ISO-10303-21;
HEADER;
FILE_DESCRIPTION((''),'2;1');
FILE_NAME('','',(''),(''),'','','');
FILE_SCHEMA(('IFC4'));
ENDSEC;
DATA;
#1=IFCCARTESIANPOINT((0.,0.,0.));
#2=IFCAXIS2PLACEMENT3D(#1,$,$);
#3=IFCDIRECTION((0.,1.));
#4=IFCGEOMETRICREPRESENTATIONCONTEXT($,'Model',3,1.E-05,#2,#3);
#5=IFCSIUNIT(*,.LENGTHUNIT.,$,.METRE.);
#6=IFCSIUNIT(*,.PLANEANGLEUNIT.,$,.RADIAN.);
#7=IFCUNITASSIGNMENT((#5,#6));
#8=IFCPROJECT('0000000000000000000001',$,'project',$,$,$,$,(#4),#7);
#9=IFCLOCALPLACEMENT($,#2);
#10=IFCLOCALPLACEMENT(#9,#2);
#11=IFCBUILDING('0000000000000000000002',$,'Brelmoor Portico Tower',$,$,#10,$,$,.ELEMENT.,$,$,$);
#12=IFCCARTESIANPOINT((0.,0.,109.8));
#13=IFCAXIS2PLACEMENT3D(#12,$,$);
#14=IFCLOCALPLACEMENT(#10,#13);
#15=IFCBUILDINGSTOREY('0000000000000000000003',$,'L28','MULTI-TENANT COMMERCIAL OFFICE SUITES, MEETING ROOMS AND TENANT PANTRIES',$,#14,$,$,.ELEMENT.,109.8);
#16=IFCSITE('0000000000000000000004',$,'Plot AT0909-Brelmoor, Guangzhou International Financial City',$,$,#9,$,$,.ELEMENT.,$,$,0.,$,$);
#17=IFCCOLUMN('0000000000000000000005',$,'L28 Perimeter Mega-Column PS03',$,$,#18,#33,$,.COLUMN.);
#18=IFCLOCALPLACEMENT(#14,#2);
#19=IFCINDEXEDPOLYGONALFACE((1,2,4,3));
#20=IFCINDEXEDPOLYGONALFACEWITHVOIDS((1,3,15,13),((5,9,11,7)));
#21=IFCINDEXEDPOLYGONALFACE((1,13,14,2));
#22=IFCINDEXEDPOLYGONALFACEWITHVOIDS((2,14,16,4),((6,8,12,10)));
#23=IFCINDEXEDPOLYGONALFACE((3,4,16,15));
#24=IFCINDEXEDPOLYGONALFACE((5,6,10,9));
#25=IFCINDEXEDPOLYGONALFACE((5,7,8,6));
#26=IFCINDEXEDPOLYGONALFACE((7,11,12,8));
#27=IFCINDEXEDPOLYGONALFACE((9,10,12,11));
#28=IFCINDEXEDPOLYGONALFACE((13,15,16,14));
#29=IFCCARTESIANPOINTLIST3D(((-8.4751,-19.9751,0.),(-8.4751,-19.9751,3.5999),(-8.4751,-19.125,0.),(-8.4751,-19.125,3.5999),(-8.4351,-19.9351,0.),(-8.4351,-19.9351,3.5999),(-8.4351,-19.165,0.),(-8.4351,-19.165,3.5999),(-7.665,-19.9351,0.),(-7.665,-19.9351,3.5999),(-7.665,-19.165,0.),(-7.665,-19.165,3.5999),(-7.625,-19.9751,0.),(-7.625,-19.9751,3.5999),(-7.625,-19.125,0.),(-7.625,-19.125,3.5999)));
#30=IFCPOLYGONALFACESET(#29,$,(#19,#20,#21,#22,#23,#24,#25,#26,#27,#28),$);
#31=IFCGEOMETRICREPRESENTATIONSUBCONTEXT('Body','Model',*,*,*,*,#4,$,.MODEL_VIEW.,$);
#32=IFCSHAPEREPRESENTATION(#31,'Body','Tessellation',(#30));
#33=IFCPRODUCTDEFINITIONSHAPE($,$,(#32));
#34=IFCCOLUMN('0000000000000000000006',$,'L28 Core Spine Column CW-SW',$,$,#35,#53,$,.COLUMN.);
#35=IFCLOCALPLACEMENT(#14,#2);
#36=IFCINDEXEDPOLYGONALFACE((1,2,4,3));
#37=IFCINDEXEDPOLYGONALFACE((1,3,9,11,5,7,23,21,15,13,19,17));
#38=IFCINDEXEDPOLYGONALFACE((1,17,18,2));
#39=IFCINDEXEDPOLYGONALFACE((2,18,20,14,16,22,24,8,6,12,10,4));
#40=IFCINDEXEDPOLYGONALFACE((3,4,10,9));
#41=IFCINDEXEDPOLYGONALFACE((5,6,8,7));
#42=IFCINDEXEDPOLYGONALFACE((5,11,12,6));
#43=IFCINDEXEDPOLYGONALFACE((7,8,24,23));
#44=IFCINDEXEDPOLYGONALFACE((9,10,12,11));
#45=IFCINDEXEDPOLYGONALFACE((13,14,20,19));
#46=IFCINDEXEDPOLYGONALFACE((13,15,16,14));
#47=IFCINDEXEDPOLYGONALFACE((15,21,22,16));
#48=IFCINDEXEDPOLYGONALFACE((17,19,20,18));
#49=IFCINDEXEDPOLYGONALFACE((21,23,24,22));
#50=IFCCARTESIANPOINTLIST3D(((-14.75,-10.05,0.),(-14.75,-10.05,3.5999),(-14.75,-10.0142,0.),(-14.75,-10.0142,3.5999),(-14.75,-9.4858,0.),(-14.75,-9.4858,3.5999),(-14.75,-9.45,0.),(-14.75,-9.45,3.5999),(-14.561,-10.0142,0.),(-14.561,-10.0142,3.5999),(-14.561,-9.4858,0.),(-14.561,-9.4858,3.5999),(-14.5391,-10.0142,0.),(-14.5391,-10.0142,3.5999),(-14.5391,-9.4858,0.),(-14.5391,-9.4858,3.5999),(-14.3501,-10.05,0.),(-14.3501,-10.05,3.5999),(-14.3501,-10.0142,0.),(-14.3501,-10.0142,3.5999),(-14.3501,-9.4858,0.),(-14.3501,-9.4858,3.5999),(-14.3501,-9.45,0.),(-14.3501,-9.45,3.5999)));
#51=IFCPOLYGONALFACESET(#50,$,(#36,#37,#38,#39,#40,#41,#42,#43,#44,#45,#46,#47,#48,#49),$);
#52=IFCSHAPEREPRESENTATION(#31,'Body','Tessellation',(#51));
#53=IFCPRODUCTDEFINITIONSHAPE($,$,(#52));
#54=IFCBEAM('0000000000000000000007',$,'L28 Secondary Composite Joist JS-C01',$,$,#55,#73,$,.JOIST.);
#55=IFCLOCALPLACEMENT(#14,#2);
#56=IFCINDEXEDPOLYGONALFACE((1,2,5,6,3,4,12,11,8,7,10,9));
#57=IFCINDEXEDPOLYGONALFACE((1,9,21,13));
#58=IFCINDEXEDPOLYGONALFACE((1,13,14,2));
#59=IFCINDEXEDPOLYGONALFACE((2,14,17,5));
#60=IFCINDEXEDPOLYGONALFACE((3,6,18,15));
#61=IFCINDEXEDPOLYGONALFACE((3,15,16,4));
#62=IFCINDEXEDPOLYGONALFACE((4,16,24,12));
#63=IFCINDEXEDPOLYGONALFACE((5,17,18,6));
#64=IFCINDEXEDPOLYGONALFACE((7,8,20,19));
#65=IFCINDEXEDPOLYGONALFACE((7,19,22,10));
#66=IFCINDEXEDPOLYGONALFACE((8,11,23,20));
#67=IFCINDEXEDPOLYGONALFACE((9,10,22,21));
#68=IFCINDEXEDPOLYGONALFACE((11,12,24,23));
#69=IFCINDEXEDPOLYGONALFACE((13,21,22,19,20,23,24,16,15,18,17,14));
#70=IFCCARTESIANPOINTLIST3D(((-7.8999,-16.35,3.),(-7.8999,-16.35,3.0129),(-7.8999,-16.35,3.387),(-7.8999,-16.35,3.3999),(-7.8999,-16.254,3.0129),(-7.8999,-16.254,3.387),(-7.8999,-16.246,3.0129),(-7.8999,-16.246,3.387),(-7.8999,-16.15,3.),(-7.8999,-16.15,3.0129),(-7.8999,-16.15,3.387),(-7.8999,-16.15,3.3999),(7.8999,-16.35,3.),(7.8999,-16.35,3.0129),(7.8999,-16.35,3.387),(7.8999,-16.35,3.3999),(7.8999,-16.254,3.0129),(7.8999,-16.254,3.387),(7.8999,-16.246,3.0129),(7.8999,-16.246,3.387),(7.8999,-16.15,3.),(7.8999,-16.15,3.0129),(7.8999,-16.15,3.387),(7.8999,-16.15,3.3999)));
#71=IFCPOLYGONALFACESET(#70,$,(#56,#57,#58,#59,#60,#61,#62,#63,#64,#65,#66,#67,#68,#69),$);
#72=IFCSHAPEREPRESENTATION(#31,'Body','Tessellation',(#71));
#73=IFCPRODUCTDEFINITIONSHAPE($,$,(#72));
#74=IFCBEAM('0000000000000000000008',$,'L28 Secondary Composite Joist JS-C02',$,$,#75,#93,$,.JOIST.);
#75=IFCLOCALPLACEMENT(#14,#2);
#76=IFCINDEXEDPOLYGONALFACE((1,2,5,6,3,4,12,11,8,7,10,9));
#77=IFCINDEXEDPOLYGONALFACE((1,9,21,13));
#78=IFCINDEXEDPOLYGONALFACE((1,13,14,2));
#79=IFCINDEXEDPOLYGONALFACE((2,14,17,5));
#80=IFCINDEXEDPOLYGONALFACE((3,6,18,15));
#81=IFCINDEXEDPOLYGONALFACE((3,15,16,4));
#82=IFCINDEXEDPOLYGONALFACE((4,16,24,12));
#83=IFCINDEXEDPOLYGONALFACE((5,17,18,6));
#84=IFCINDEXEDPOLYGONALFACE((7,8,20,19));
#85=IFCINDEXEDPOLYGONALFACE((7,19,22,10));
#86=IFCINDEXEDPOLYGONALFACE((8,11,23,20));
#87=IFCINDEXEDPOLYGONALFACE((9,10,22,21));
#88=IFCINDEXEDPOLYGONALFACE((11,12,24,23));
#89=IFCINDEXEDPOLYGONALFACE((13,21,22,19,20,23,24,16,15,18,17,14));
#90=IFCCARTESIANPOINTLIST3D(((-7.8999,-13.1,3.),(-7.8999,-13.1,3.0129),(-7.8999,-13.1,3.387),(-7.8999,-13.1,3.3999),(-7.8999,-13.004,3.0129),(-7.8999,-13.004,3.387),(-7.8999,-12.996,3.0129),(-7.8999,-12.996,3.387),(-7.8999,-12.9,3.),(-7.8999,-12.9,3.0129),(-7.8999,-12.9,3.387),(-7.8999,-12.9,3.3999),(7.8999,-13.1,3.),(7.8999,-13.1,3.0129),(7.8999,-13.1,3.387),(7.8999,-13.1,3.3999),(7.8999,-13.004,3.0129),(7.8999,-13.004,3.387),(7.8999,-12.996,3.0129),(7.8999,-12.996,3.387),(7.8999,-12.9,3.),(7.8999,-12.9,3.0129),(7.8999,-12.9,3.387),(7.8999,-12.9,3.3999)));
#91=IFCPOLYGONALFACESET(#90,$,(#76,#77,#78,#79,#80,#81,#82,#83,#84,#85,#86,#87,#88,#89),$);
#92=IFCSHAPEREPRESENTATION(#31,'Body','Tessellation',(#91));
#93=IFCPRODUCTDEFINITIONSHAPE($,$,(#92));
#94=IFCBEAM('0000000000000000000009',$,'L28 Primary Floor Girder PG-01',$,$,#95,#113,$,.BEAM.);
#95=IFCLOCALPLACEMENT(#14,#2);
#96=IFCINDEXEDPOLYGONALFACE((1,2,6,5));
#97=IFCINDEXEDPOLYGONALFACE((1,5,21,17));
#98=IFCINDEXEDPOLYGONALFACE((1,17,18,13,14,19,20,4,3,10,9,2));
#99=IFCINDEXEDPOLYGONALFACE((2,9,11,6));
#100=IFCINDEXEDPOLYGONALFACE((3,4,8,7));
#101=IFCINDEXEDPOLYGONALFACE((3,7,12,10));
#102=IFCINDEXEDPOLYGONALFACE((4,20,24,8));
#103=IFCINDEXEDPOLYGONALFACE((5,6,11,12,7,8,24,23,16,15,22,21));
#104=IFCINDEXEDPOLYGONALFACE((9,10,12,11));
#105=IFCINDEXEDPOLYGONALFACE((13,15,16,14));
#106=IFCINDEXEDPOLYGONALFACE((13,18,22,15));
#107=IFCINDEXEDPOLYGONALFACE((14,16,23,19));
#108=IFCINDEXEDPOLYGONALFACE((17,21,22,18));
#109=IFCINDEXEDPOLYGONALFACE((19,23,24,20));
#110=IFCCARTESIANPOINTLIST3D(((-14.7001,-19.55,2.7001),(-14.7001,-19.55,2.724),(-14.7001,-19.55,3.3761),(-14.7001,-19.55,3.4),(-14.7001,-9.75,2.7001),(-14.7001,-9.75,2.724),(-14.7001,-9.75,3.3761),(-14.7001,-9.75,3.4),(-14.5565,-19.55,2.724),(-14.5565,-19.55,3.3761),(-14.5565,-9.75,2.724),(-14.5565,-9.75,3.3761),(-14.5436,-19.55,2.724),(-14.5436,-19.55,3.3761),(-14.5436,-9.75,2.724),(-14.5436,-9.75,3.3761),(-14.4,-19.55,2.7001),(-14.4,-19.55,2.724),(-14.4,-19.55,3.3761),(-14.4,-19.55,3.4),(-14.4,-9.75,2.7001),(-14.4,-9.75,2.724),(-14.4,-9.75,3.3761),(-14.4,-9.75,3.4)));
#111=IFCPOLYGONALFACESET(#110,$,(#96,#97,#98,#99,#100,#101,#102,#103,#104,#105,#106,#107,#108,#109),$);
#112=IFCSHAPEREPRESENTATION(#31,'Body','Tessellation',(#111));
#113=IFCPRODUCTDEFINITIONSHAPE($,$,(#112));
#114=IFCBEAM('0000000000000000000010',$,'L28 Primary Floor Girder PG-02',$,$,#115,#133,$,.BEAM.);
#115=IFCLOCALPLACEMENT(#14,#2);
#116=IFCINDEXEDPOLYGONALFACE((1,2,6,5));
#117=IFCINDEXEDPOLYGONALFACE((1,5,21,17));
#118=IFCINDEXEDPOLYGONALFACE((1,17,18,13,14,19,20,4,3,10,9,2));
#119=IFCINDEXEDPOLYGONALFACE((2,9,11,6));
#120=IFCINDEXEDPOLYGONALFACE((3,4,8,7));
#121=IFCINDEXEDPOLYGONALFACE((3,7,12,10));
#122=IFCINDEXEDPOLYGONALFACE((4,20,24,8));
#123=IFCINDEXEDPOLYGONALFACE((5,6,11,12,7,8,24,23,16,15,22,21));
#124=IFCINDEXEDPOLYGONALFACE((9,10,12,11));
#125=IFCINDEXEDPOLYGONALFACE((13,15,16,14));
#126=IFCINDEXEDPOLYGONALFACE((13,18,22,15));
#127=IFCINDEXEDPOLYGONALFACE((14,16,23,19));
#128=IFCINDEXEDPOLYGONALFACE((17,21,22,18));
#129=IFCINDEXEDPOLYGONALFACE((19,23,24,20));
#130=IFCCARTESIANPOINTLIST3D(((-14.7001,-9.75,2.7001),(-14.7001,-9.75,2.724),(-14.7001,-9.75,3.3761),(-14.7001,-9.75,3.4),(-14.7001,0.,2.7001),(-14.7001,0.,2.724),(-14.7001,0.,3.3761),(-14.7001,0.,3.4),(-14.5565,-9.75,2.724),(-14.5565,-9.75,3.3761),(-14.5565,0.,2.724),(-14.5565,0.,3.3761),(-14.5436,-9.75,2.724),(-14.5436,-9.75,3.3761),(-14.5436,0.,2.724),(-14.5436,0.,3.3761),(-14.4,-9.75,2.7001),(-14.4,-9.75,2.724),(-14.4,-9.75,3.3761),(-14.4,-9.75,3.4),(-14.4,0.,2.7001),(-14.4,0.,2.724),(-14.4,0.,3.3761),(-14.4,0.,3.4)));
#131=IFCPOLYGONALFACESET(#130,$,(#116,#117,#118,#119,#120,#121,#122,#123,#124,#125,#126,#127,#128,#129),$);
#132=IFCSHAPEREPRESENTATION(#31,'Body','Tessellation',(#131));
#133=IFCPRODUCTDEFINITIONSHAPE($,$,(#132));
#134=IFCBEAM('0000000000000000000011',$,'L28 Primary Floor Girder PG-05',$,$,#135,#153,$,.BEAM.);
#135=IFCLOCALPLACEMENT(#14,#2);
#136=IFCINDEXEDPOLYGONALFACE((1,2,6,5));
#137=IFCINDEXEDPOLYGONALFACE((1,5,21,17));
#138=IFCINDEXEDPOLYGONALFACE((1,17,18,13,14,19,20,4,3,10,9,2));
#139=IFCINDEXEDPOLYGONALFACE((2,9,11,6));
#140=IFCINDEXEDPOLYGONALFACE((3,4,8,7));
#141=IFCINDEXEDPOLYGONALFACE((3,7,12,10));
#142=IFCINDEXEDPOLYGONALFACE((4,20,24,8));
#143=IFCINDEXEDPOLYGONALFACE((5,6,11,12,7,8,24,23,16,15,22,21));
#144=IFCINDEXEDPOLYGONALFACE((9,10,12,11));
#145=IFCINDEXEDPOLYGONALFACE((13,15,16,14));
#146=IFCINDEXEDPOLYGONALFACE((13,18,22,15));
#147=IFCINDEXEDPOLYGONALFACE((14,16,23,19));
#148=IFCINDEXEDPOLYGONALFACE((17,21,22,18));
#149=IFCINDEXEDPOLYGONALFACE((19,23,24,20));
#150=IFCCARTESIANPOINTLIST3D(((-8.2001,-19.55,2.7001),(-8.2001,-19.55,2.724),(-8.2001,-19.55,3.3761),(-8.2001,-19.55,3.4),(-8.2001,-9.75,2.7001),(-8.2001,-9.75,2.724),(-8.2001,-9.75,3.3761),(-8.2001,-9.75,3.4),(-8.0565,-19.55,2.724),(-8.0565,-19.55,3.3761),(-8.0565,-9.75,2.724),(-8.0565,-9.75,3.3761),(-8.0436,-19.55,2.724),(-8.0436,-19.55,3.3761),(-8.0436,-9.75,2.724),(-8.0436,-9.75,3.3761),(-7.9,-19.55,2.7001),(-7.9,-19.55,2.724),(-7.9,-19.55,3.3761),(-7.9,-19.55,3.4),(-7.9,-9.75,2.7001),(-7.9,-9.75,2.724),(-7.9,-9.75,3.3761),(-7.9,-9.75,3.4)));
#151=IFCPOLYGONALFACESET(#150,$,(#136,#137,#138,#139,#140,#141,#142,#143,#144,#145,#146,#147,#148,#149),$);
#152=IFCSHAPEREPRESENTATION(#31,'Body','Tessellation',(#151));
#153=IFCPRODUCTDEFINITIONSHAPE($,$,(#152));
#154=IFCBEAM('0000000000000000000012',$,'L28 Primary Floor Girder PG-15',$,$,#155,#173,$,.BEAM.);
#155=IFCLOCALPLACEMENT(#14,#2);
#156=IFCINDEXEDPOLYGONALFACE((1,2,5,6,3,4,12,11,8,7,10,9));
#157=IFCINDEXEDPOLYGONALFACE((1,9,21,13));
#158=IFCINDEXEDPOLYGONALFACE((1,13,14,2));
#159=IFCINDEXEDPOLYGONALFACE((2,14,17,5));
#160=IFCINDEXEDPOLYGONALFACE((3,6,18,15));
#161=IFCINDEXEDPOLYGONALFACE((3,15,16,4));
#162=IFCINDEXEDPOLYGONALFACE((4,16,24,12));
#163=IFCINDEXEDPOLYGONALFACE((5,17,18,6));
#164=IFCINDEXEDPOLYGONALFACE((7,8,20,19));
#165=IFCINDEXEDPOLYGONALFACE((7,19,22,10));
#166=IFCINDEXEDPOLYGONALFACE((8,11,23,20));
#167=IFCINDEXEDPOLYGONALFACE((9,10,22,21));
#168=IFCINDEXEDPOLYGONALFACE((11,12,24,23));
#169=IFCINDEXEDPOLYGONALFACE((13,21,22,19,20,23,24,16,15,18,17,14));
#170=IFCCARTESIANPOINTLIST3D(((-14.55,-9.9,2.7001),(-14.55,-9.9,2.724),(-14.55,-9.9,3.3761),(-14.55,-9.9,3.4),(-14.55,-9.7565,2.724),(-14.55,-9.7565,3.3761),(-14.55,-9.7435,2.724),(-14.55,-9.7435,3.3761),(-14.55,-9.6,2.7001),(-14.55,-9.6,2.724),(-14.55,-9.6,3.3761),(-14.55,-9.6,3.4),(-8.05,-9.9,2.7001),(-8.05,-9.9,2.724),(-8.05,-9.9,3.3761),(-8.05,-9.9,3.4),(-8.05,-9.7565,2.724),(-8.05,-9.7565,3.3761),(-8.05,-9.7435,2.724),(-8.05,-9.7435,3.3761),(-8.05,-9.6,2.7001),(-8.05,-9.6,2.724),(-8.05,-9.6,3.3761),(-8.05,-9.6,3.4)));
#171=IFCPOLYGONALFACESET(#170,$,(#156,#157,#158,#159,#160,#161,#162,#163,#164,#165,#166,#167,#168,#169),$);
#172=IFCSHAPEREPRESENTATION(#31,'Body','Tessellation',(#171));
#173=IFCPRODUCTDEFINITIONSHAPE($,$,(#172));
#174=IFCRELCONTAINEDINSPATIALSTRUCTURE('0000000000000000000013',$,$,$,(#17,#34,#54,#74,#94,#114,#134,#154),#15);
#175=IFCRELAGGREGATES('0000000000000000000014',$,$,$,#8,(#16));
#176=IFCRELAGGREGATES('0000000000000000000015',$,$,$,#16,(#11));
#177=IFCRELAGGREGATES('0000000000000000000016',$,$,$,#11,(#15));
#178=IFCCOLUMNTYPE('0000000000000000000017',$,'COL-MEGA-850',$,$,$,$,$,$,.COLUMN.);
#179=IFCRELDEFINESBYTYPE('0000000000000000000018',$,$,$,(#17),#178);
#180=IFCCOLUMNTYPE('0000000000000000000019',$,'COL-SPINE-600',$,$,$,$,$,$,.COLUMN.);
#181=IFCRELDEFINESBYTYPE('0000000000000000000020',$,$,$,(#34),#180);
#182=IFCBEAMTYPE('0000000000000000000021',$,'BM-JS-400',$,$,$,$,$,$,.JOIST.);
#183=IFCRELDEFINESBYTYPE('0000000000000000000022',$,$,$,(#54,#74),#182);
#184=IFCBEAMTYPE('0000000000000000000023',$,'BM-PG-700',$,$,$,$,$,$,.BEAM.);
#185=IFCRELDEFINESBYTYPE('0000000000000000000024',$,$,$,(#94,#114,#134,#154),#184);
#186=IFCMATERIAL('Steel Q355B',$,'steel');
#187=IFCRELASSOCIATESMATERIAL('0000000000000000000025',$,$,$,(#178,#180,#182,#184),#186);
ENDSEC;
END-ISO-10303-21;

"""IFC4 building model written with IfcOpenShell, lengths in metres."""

from ifc_helpers import new_model, si_unit, direction, frame, origin, origin_2d, place, context, subcontext, project, spatial, hollow_rectangle, i_section, extrude, material, material_profile, profile_set, type_object, element, save


model = new_model("IFC4")

# Units and contexts
model_context = context("Model", 3, precision=1e-05, world=origin(), true_north=direction((0.0, 1.0)))
body_context = subcontext(model_context, "Body", "Model", "MODEL_VIEW")
ifc_project = project(units=[si_unit("LENGTHUNIT", "METRE"), si_unit("PLANEANGLEUNIT", "RADIAN")], contexts=[model_context])

# Site, building, storey
site_placement = place(None, origin())
site = spatial("IfcSite", under=ifc_project, at=site_placement, Name="Plot AT0909-Brelmoor, Guangzhou International Financial City", CompositionType="ELEMENT", RefElevation=0.0)
building_placement = place(site_placement, origin())
building = spatial("IfcBuilding", under=site, at=building_placement, Name="Brelmoor Portico Tower", CompositionType="ELEMENT")
storey_placement = place(building_placement, frame((0.0, 0.0, 109.8)))
storey = spatial("IfcBuildingStorey", under=building, at=storey_placement, Name="L28", Description="MULTI-TENANT COMMERCIAL OFFICE SUITES, MEETING ROOMS AND TENANT PANTRIES", CompositionType="ELEMENT", Elevation=109.8)

# Columns
ifc_material_1 = material(Name="Steel Q355B", Category="steel")
ifc_material_profile_1 = material_profile(ifc_material_1, hollow_rectangle(XDim=0.8501, YDim=0.8501, WallThickness=0.04, at=origin_2d()), Name="BOX 850x850x40")
ifc_profile_set_1 = profile_set([ifc_material_profile_1], Name="Steel Q355B")
column_type_1 = type_object("IfcColumnType", Name="COL-MEGA-850", PredefinedType="COLUMN", material=ifc_profile_set_1)
column_1_placement = place(storey_placement, frame((-8.05, -19.55, 0.0), z_axis=(0.0, 0.0, 1.0), x_axis=(1.0, 0.0, 0.0)))
element("IfcColumn", 1, at=column_1_placement, inside=storey, type_object=column_type_1, Name="L28 Perimeter Mega-Column PS03", PredefinedType="COLUMN", context=body_context, shape_type="SweptSolid", body=[
    extrude(hollow_rectangle(XDim=0.8501, YDim=0.8501, WallThickness=0.04, at=origin_2d()), origin(), (0.0, 0.0, 1.0), 3.5999),
])
ifc_material_profile_2 = material_profile(ifc_material_1, i_section(OverallWidth=0.3999, OverallDepth=0.6001, WebThickness=0.022, FlangeThickness=0.0359, at=origin_2d()), Name="HW 600x400x22x36")
ifc_profile_set_2 = profile_set([ifc_material_profile_2], Name="Steel Q355B")
column_type_2 = type_object("IfcColumnType", Name="COL-SPINE-600", PredefinedType="COLUMN", material=ifc_profile_set_2)
column_2_placement = place(storey_placement, frame((-14.55, -9.75, 0.0), z_axis=(0.0, 0.0, 1.0), x_axis=(1.0, 0.0, 0.0)))
element("IfcColumn", 2, at=column_2_placement, inside=storey, type_object=column_type_2, Name="L28 Core Spine Column CW-SW", PredefinedType="COLUMN", context=body_context, shape_type="SweptSolid", body=[
    extrude(i_section(OverallWidth=0.3999, OverallDepth=0.6001, WebThickness=0.022, FlangeThickness=0.0359, at=origin_2d()), origin(), (0.0, 0.0, 1.0), 3.5999),
])

# Beams
ifc_material_profile_3 = material_profile(ifc_material_1, i_section(OverallWidth=0.2, OverallDepth=0.3999, WebThickness=0.0081, FlangeThickness=0.0129, at=origin_2d()), Name="HN 400x200x8x13")
ifc_profile_set_3 = profile_set([ifc_material_profile_3], Name="Steel Q355B")
beam_type_1 = type_object("IfcBeamType", Name="BM-JS-400", PredefinedType="JOIST", material=ifc_profile_set_3)
for number, where, z_axis, x_axis, name in (
    (3, (-7.8999, -16.25, 3.2), (1.0, 0.0, 0.0), (0.0, 1.0, 0.0), "L28 Secondary Composite Joist JS-C01"),
    (4, (-7.8999, -13.0, 3.2), (1.0, 0.0, 0.0), (0.0, 1.0, 0.0), "L28 Secondary Composite Joist JS-C02"),
):
    element("IfcBeam", number, at=place(storey_placement, frame(where, z_axis=z_axis, x_axis=x_axis)), inside=storey, type_object=beam_type_1, Name=name, PredefinedType="JOIST", context=body_context, shape_type="SweptSolid", body=[
        extrude(i_section(OverallWidth=0.2, OverallDepth=0.3999, WebThickness=0.0081, FlangeThickness=0.0129, at=origin_2d()), origin(), (0.0, 0.0, 1.0), 15.7998),
    ])
ifc_material_profile_4 = material_profile(ifc_material_1, i_section(OverallWidth=0.3, OverallDepth=0.7, WebThickness=0.0129, FlangeThickness=0.0239, at=origin_2d()), Name="HN 700x300x13x24")
ifc_profile_set_4 = profile_set([ifc_material_profile_4], Name="Steel Q355B")
beam_type_2 = type_object("IfcBeamType", Name="BM-PG-700", PredefinedType="BEAM", material=ifc_profile_set_4)
beam_1_placement = place(storey_placement, frame((-14.55, -19.55, 3.05), z_axis=(0.0, 1.0, 0.0), x_axis=(-1.0, 0.0, 0.0)))
element("IfcBeam", 5, at=beam_1_placement, inside=storey, type_object=beam_type_2, Name="L28 Primary Floor Girder PG-01", PredefinedType="BEAM", context=body_context, shape_type="SweptSolid", body=[
    extrude(i_section(OverallWidth=0.3, OverallDepth=0.7, WebThickness=0.0129, FlangeThickness=0.0239, at=origin_2d()), origin(), (0.0, 0.0, 1.0), 9.8),
])
beam_2_placement = place(storey_placement, frame((-14.55, -9.75, 3.05), z_axis=(0.0, 1.0, 0.0), x_axis=(-1.0, 0.0, 0.0)))
element("IfcBeam", 6, at=beam_2_placement, inside=storey, type_object=beam_type_2, Name="L28 Primary Floor Girder PG-02", PredefinedType="BEAM", context=body_context, shape_type="SweptSolid", body=[
    extrude(i_section(OverallWidth=0.3, OverallDepth=0.7, WebThickness=0.0129, FlangeThickness=0.0239, at=origin_2d()), origin(), (0.0, 0.0, 1.0), 9.75),
])
beam_3_placement = place(storey_placement, frame((-8.05, -19.55, 3.05), z_axis=(0.0, 1.0, 0.0), x_axis=(-1.0, 0.0, 0.0)))
element("IfcBeam", 7, at=beam_3_placement, inside=storey, type_object=beam_type_2, Name="L28 Primary Floor Girder PG-05", PredefinedType="BEAM", context=body_context, shape_type="SweptSolid", body=[
    extrude(i_section(OverallWidth=0.3, OverallDepth=0.7, WebThickness=0.0129, FlangeThickness=0.0239, at=origin_2d()), origin(), (0.0, 0.0, 1.0), 9.8),
])
beam_4_placement = place(storey_placement, frame((-14.55, -9.75, 3.05), z_axis=(1.0, 0.0, 0.0), x_axis=(0.0, 1.0, 0.0)))
element("IfcBeam", 8, at=beam_4_placement, inside=storey, type_object=beam_type_2, Name="L28 Primary Floor Girder PG-15", PredefinedType="BEAM", context=body_context, shape_type="SweptSolid", body=[
    extrude(i_section(OverallWidth=0.3, OverallDepth=0.7, WebThickness=0.0129, FlangeThickness=0.0239, at=origin_2d()), origin(), (0.0, 0.0, 1.0), 6.5),
])

save(model, "model.ifc")
